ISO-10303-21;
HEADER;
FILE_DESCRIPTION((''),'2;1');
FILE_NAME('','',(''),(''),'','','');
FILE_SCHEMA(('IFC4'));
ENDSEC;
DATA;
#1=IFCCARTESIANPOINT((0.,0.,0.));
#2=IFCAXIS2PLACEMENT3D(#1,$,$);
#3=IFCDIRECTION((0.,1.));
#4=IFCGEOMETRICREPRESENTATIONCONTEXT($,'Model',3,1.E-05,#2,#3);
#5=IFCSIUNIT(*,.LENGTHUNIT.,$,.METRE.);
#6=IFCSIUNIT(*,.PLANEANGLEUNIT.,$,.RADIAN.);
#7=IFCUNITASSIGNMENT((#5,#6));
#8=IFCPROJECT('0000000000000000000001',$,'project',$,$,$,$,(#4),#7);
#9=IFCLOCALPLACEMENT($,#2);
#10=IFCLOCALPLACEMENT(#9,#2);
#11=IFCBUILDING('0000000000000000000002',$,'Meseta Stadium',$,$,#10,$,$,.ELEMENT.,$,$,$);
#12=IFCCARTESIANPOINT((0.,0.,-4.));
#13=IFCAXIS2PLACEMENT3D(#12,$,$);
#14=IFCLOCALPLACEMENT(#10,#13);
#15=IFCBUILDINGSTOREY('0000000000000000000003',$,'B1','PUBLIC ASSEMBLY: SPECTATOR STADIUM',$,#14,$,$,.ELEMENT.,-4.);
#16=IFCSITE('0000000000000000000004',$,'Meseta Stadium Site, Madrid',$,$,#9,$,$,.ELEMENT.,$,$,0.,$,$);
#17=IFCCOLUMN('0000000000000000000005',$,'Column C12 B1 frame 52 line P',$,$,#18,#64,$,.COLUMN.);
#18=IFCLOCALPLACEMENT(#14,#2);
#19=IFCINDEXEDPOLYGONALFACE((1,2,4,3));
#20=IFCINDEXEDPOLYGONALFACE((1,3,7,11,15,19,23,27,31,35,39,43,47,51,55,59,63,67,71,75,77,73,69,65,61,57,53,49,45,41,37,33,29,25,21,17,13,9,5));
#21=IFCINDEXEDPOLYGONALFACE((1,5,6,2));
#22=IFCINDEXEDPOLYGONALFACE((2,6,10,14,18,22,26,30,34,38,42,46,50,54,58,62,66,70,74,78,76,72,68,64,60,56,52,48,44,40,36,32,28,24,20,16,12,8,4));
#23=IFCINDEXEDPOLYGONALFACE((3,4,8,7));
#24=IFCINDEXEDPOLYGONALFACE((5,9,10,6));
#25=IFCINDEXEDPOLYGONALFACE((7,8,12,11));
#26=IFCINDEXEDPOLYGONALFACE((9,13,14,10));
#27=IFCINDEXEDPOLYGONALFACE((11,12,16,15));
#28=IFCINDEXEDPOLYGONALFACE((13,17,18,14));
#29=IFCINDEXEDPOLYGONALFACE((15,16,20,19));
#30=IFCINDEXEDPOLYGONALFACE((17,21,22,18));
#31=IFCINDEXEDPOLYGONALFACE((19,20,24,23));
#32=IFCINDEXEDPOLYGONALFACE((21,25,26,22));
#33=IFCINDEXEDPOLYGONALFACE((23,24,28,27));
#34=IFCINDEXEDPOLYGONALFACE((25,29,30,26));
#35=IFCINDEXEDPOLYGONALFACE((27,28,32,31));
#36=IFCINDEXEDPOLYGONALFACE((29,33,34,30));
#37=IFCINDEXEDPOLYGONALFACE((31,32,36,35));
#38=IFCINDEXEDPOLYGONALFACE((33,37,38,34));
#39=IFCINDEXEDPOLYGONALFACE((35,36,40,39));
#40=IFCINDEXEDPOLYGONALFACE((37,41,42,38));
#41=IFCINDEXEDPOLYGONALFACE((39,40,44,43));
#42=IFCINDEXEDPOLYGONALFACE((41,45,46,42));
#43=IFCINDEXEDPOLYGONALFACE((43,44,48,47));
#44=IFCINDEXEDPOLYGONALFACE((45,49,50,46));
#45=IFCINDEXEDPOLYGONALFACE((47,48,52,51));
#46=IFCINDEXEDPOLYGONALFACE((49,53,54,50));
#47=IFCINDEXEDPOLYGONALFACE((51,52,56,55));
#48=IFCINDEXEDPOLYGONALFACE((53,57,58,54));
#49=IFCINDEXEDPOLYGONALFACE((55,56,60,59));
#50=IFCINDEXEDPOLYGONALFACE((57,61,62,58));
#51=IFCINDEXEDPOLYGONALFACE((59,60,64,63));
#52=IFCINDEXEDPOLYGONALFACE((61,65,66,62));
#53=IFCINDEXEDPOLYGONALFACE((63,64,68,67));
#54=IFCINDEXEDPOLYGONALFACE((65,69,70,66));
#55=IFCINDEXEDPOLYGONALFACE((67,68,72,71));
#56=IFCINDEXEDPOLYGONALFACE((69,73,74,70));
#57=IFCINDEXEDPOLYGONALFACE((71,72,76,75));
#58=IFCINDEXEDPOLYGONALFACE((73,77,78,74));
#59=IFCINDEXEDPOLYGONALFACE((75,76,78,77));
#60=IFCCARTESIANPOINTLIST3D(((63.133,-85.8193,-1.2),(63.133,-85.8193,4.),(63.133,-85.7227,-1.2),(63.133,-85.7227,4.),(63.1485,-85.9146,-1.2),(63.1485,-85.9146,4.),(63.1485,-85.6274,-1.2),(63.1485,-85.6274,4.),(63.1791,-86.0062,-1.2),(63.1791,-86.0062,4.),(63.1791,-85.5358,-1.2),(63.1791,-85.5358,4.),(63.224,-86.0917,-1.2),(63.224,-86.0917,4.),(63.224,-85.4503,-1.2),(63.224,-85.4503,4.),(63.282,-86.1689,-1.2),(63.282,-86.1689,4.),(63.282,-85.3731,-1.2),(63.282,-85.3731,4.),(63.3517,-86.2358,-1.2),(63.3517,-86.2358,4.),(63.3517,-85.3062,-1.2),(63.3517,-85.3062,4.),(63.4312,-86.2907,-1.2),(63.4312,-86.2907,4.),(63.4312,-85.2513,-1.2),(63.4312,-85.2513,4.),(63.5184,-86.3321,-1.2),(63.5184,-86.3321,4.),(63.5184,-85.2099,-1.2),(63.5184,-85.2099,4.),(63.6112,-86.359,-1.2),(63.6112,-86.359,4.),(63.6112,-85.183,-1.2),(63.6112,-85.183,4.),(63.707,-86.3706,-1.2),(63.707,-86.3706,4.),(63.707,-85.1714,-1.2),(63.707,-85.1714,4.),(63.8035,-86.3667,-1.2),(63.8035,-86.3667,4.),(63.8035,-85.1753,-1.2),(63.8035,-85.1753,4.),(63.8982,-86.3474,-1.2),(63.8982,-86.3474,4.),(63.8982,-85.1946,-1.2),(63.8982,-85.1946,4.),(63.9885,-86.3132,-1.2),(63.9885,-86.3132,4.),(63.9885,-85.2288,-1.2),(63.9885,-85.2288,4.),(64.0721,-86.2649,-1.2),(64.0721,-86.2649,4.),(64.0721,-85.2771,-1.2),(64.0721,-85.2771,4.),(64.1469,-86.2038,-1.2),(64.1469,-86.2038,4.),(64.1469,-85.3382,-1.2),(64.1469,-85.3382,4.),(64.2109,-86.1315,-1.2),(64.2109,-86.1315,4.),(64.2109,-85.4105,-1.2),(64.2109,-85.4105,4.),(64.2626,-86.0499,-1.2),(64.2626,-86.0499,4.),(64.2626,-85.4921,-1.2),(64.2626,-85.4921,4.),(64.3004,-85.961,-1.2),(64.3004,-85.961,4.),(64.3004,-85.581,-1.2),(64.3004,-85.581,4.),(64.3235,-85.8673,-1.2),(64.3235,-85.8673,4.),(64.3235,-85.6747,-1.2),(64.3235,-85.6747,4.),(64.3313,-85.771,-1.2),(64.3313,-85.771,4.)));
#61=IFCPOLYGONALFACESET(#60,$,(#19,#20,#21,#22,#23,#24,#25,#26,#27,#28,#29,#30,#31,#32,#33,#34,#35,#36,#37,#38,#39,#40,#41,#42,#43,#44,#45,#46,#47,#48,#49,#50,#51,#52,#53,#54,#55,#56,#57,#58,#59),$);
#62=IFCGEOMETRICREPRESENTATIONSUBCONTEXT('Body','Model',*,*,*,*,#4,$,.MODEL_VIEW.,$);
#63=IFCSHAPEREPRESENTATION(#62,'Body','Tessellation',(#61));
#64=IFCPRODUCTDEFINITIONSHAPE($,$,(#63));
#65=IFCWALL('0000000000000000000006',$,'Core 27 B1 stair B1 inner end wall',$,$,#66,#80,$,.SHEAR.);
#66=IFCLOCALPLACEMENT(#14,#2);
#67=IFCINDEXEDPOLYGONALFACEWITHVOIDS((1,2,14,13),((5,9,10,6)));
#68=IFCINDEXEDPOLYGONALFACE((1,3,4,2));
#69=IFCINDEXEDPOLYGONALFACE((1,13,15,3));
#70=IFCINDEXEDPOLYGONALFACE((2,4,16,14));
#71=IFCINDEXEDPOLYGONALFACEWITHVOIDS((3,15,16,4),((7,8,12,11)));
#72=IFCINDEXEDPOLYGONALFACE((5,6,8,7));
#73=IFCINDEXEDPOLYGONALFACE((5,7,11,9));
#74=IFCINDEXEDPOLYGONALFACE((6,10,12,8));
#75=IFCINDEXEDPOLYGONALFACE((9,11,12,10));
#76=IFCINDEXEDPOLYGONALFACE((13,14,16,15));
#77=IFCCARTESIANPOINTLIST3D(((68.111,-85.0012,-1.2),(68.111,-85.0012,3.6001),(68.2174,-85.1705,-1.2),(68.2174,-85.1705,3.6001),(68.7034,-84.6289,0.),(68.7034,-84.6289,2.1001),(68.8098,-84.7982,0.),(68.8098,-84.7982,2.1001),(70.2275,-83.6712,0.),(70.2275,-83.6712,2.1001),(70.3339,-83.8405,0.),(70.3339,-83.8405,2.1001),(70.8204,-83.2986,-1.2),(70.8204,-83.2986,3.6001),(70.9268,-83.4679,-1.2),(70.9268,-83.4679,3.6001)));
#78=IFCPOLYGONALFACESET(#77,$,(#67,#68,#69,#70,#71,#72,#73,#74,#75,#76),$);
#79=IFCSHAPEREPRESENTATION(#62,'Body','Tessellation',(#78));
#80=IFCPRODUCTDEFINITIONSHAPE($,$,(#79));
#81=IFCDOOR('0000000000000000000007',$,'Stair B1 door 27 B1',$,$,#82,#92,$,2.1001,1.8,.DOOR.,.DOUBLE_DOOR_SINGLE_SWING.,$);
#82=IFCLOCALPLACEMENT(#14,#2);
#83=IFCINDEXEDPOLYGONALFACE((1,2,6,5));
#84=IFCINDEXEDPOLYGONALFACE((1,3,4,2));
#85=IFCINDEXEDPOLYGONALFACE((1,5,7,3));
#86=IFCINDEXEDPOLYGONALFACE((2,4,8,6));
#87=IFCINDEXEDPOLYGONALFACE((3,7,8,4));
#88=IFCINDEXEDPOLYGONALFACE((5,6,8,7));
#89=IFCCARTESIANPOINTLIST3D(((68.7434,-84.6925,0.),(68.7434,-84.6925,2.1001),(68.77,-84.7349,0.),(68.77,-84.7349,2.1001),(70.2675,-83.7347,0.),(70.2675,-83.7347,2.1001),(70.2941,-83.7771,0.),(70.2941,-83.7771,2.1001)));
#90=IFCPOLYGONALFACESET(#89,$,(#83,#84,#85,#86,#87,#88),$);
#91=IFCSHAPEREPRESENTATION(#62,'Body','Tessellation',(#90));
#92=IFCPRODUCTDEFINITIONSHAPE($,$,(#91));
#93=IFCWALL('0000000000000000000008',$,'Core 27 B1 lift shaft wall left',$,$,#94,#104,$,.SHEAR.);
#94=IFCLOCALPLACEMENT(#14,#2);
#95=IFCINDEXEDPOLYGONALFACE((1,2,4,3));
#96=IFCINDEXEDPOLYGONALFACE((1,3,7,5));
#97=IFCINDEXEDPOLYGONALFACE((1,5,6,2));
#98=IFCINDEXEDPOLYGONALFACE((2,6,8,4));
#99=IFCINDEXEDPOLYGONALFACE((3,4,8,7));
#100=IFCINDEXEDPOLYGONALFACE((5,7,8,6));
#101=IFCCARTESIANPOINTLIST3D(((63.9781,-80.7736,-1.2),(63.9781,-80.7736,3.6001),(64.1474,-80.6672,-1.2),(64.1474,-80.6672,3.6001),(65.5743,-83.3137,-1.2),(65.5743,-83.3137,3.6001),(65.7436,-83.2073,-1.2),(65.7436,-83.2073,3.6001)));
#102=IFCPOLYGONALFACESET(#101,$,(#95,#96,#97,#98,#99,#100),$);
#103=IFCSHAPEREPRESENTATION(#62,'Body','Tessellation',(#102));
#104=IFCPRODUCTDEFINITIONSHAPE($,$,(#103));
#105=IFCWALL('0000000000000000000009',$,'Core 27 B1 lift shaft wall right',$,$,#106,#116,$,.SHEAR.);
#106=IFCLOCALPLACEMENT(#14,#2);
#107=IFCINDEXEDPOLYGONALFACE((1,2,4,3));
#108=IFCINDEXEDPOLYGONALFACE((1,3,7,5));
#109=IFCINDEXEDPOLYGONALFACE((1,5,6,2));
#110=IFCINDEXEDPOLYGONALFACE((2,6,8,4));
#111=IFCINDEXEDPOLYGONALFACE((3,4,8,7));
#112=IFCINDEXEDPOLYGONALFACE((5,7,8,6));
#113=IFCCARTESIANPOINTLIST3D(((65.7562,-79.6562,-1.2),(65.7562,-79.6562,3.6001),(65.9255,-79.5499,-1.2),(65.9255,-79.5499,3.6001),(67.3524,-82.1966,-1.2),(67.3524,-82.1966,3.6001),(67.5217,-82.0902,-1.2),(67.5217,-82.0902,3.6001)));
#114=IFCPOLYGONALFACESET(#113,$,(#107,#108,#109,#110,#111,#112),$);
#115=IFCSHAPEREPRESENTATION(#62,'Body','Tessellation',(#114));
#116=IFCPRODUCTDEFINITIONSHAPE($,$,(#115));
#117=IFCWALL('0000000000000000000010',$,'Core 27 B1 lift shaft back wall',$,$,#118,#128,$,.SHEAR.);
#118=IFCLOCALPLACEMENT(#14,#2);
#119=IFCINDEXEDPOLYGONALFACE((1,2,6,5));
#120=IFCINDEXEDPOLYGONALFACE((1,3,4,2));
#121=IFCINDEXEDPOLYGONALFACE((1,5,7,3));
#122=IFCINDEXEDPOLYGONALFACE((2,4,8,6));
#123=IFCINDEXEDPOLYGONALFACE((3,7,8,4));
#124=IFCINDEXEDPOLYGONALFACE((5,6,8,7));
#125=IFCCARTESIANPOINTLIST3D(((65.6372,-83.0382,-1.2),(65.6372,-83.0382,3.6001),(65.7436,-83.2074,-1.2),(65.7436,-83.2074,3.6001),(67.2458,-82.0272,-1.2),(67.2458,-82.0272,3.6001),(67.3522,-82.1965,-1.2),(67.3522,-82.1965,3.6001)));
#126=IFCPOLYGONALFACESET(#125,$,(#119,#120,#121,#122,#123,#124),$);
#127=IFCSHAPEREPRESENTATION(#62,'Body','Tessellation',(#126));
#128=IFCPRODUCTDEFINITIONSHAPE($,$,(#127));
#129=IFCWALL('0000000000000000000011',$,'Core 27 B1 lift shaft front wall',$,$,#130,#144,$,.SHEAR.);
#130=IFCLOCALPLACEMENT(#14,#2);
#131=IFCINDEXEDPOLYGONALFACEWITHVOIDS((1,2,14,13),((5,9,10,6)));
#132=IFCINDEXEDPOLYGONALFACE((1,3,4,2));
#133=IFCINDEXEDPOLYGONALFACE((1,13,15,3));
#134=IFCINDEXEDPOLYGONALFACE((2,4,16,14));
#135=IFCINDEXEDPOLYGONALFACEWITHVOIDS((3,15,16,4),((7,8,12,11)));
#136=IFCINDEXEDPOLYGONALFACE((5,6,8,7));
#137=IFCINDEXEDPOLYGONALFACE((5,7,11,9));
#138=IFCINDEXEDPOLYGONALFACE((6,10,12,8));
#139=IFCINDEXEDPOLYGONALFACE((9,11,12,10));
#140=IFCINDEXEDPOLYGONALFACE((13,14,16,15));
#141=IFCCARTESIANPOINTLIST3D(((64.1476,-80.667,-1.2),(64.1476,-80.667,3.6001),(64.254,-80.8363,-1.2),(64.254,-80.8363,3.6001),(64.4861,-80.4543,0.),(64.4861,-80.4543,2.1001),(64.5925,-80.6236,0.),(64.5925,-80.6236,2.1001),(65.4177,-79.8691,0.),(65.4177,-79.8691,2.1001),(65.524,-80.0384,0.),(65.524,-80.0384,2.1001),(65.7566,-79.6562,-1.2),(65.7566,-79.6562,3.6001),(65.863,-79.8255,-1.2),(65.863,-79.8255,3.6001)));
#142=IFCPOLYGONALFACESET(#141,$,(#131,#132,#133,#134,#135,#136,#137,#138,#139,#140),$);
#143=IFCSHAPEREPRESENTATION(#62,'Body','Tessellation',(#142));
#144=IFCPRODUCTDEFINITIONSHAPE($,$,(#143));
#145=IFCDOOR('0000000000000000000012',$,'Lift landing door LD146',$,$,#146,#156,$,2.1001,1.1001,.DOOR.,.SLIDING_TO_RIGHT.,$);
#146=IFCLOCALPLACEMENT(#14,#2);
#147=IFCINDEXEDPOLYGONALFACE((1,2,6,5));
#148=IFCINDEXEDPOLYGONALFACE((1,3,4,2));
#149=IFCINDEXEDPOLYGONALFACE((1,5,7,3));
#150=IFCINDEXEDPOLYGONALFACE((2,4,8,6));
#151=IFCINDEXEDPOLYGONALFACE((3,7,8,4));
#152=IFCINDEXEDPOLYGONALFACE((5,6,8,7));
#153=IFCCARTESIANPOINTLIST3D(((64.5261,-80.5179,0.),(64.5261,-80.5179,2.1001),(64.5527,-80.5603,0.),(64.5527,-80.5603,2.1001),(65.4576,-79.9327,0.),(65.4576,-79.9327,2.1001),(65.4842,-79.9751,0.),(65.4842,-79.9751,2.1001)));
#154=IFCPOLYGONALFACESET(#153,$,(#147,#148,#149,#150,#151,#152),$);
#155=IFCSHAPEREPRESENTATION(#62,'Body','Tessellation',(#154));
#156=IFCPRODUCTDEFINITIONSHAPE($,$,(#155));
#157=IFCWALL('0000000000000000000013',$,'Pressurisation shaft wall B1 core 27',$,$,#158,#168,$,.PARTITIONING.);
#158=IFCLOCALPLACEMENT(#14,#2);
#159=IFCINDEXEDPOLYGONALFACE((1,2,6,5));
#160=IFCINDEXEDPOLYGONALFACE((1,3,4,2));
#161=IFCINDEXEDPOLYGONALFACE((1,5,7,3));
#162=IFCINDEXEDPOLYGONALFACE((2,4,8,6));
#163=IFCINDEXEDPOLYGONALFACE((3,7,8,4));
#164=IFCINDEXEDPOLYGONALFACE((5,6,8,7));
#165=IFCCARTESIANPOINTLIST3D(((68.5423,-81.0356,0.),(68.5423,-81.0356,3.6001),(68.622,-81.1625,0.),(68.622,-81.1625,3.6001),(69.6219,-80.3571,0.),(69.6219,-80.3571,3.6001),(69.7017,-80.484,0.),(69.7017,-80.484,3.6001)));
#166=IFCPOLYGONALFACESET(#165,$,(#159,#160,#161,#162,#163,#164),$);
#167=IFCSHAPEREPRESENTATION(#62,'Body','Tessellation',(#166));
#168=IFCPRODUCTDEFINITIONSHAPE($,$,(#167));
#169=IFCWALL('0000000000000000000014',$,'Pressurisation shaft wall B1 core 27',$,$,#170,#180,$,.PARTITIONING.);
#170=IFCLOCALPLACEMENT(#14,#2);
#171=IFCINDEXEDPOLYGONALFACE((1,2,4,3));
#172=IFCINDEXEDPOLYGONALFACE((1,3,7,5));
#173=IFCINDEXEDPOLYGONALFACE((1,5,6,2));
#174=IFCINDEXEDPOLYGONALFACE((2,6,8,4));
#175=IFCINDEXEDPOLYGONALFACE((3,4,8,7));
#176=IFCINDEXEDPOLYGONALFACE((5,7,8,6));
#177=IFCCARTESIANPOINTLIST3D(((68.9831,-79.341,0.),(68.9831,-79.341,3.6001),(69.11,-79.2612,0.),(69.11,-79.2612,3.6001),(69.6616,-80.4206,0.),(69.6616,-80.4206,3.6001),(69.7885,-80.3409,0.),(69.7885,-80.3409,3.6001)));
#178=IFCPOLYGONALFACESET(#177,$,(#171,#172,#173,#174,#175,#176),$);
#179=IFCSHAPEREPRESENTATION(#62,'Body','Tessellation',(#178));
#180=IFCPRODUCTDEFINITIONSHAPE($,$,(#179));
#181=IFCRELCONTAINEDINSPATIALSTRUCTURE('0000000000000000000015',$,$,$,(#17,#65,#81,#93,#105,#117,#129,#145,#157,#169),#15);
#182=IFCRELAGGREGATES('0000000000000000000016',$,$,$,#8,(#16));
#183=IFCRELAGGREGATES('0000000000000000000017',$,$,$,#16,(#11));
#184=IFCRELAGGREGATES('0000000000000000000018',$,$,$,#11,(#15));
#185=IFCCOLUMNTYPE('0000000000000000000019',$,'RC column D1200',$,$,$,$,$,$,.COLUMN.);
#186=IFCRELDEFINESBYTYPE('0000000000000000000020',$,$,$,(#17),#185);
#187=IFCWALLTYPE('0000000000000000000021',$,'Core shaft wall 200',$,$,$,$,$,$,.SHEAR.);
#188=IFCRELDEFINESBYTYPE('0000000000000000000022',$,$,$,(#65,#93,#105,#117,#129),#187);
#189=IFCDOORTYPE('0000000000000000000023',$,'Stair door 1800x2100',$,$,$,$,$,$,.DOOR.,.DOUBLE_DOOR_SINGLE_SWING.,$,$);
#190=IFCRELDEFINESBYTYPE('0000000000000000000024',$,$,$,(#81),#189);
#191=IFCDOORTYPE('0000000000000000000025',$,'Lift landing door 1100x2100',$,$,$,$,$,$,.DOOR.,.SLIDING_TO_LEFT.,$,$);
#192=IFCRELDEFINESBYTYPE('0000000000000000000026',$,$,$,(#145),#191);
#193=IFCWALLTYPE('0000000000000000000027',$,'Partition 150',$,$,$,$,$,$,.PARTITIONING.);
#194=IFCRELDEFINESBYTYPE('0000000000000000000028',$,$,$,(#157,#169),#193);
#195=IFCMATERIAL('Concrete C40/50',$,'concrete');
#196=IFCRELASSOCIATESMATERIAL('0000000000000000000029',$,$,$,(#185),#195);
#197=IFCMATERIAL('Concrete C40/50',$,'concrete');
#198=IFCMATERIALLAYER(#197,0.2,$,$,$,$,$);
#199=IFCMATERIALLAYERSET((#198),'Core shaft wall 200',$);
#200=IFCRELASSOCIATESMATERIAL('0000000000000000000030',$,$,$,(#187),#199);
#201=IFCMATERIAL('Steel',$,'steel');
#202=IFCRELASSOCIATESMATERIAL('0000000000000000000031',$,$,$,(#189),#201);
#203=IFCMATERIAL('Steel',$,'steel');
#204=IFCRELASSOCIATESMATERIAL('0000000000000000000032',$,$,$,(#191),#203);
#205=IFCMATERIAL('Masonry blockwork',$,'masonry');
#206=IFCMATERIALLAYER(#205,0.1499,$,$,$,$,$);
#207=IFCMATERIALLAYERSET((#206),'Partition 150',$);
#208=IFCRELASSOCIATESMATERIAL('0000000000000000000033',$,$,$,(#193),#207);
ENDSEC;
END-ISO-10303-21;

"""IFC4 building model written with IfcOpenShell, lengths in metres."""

from ifc_helpers import new_model, si_unit, direction, frame, frame_2d, origin, origin_2d, place, context, subcontext, project, spatial, rectangle, circle, extrude, material, layer, layer_set, material_profile, profile_set, type_object, element, fill, save


model = new_model("IFC4")

# Units and contexts
model_context = context("Model", 3, precision=1e-05, world=origin(), true_north=direction((0.0, 1.0)))
body_context = subcontext(model_context, "Body", "Model", "MODEL_VIEW")
ifc_project = project(units=[si_unit("LENGTHUNIT", "METRE"), si_unit("PLANEANGLEUNIT", "RADIAN")], contexts=[model_context])

# Site, building, storey
site_placement = place(None, origin())
site = spatial("IfcSite", under=ifc_project, at=site_placement, Name="Meseta Stadium Site, Madrid", CompositionType="ELEMENT", RefElevation=0.0)
building_placement = place(site_placement, origin())
building = spatial("IfcBuilding", under=site, at=building_placement, Name="Meseta Stadium", CompositionType="ELEMENT")
storey_placement = place(building_placement, frame((0.0, 0.0, -4.0)))
storey = spatial("IfcBuildingStorey", under=building, at=storey_placement, Name="B1", Description="PUBLIC ASSEMBLY: SPECTATOR STADIUM", CompositionType="ELEMENT", Elevation=-4.0)

# Column
ifc_material_1 = material(Name="Concrete C40/50", Category="concrete")
ifc_material_profile = material_profile(ifc_material_1, circle(Radius=0.6001, at=origin_2d()), Name="RC D1200")
ifc_profile_set = profile_set([ifc_material_profile], Name="Concrete C40/50")
column_type = type_object("IfcColumnType", Name="RC column D1200", PredefinedType="COLUMN", material=ifc_profile_set)
column_placement = place(storey_placement, frame((63.7312, -85.771, -1.2), z_axis=(0.0, 0.0, 1.0), x_axis=(1.0, 0.0, 0.0)))
element("IfcColumn", 1, at=column_placement, inside=storey, type_object=column_type, Name="Column C12 B1 frame 52 line P", PredefinedType="COLUMN", context=body_context, shape_type="SweptSolid", body=[
    extrude(circle(Radius=0.6001, at=origin_2d()), origin(), (0.0, 0.0, 1.0), 5.2),
])

# Wall, opening, door
ifc_material_2 = material(Name="Concrete C40/50", Category="concrete")
ifc_layer_1 = layer(ifc_material_2, 0.2)
ifc_layer_set_1 = layer_set([ifc_layer_1], Name="Core shaft wall 200")
wall_type_1 = type_object("IfcWallType", Name="Core shaft wall 200", PredefinedType="SHEAR", material=ifc_layer_set_1)
wall_1_placement = place(storey_placement, frame((68.1641, -85.0859, -1.2), z_axis=(0.0, 0.0, 1.0), x_axis=(0.846701, 0.532068, 0.0)))
wall_1 = element("IfcWall", 2, at=wall_1_placement, inside=storey, type_object=wall_type_1, Name="Core 27 B1 stair B1 inner end wall", PredefinedType="SHEAR", context=body_context, shape_type="SweptSolid", body=[
    extrude(rectangle(XDim=3.2, YDim=0.2, at=frame_2d((1.6001, 0.0))), origin(), (0.0, 0.0, 1.0), 4.8),
])
opening_1_placement = place(wall_1_placement, frame((0.7, 0.0, 1.2)))
opening_1 = element("IfcOpeningElement", 3, at=opening_1_placement, cuts=wall_1, PredefinedType="OPENING", context=body_context, shape_type="SweptSolid", body=[
    extrude(rectangle(XDim=1.8, YDim=2.1001, at=frame_2d((0.8999, 1.05))), frame((0.0, 0.1099, 0.0), z_axis=(0.0, -1.0, 0.0), x_axis=(1.0, 0.0, 0.0)), (0.0, 0.0, 1.0), 0.22),
])
ifc_material_3 = material(Name="Steel", Category="steel")
door_type_1 = type_object("IfcDoorType", Name="Stair door 1800x2100", OperationType="DOUBLE_DOOR_SINGLE_SWING", PredefinedType="DOOR", material=ifc_material_3)
door_1_placement = place(opening_1_placement, origin())
door_1 = element("IfcDoor", 4, at=door_1_placement, inside=storey, type_object=door_type_1, Name="Stair B1 door 27 B1", OperationType="DOUBLE_DOOR_SINGLE_SWING", OverallHeight=2.1001, OverallWidth=1.8, PredefinedType="DOOR", context=body_context, shape_type="SweptSolid", body=[
    extrude(rectangle(XDim=1.8, YDim=2.1001, at=frame_2d((0.8999, 1.05))), frame((0.0, 0.0249, 0.0), z_axis=(0.0, -1.0, 0.0), x_axis=(1.0, 0.0, 0.0)), (0.0, 0.0, 1.0), 0.05),
])
fill(opening_1, door_1)

# Walls
wall_2_placement = place(storey_placement, frame((65.6589, -83.2605, -1.2), z_axis=(0.0, 0.0, 1.0), x_axis=(-0.532075, 0.846697, 0.0)))
element("IfcWall", 5, at=wall_2_placement, inside=storey, type_object=wall_type_1, Name="Core 27 B1 lift shaft wall left", PredefinedType="SHEAR", context=body_context, shape_type="SweptSolid", body=[
    extrude(rectangle(XDim=3.0, YDim=0.2, at=frame_2d((1.5, 0.0))), origin(), (0.0, 0.0, 1.0), 4.8),
])
wall_3_placement = place(storey_placement, frame((67.437, -82.1433, -1.2), z_axis=(0.0, 0.0, 1.0), x_axis=(-0.532038, 0.84672, 0.0)))
element("IfcWall", 6, at=wall_3_placement, inside=storey, type_object=wall_type_1, Name="Core 27 B1 lift shaft wall right", PredefinedType="SHEAR", context=body_context, shape_type="SweptSolid", body=[
    extrude(rectangle(XDim=3.0002, YDim=0.2, at=frame_2d((1.5, 0.0))), origin(), (0.0, 0.0, 1.0), 4.8),
])
wall_4_placement = place(storey_placement, frame((65.6904, -83.1228, -1.2), z_axis=(0.0, 0.0, 1.0), x_axis=(0.846675, 0.532111, 0.0)))
element("IfcWall", 7, at=wall_4_placement, inside=storey, type_object=wall_type_1, Name="Core 27 B1 lift shaft back wall", PredefinedType="SHEAR", context=body_context, shape_type="SweptSolid", body=[
    extrude(rectangle(XDim=1.8999, YDim=0.2, at=frame_2d((0.95, 0.0))), origin(), (0.0, 0.0, 1.0), 4.8),
])

# Wall, opening, door
wall_5_placement = place(storey_placement, frame((64.2007, -80.7517, -1.2), z_axis=(0.0, 0.0, 1.0), x_axis=(0.846769, 0.531961, 0.0)))
wall_5 = element("IfcWall", 8, at=wall_5_placement, inside=storey, type_object=wall_type_1, Name="Core 27 B1 lift shaft front wall", PredefinedType="SHEAR", context=body_context, shape_type="SweptSolid", body=[
    extrude(rectangle(XDim=1.9001, YDim=0.2, at=frame_2d((0.9502, 0.0))), origin(), (0.0, 0.0, 1.0), 4.8),
])
opening_2_placement = place(wall_5_placement, frame((0.3999, 0.0, 1.2)))
opening_2 = element("IfcOpeningElement", 9, at=opening_2_placement, cuts=wall_5, PredefinedType="OPENING", context=body_context, shape_type="SweptSolid", body=[
    extrude(rectangle(XDim=1.1001, YDim=2.1001, at=frame_2d((0.55, 1.05))), frame((0.0, 0.1099, 0.0), z_axis=(0.0, -1.0, 0.0), x_axis=(1.0, 0.0, 0.0)), (0.0, 0.0, 1.0), 0.22),
])
ifc_material_4 = material(Name="Steel", Category="steel")
door_type_2 = type_object("IfcDoorType", Name="Lift landing door 1100x2100", OperationType="SLIDING_TO_LEFT", PredefinedType="DOOR", material=ifc_material_4)
door_2_placement = place(opening_2_placement, origin())
door_2 = element("IfcDoor", 10, at=door_2_placement, inside=storey, type_object=door_type_2, Name="Lift landing door LD146", OperationType="SLIDING_TO_RIGHT", OverallHeight=2.1001, OverallWidth=1.1001, PredefinedType="DOOR", context=body_context, shape_type="SweptSolid", body=[
    extrude(rectangle(XDim=1.1001, YDim=2.1001, at=frame_2d((0.55, 1.05))), frame((0.0, 0.0249, 0.0), z_axis=(0.0, -1.0, 0.0), x_axis=(1.0, 0.0, 0.0)), (0.0, 0.0, 1.0), 0.05),
])
fill(opening_2, door_2)

# Walls
ifc_material_5 = material(Name="Masonry blockwork", Category="masonry")
ifc_layer_2 = layer(ifc_material_5, 0.1499)
ifc_layer_set_2 = layer_set([ifc_layer_2], Name="Partition 150")
wall_type_2 = type_object("IfcWallType", Name="Partition 150", PredefinedType="PARTITIONING", material=ifc_layer_set_2)
for number, where, z_axis, x_axis, name in (
    (11, (68.582, -81.0991, 0.0), (0.0, 0.0, 1.0), (0.846683, 0.532097, 0.0), "Pressurisation shaft wall B1 core 27"),
    (12, (69.7251, -80.3809, 0.0), (0.0, 0.0, 1.0), (-0.532097, 0.846683, 0.0), "Pressurisation shaft wall B1 core 27"),
):
    element("IfcWall", number, at=place(storey_placement, frame(where, z_axis=z_axis, x_axis=x_axis)), inside=storey, type_object=wall_type_2, Name=name, PredefinedType="PARTITIONING", context=body_context, shape_type="SweptSolid", body=[
        extrude(rectangle(XDim=1.2751, YDim=0.1499, at=frame_2d((0.6377, 0.0))), origin(), (0.0, 0.0, 1.0), 3.6001),
    ])

save(model, "model.ifc")
